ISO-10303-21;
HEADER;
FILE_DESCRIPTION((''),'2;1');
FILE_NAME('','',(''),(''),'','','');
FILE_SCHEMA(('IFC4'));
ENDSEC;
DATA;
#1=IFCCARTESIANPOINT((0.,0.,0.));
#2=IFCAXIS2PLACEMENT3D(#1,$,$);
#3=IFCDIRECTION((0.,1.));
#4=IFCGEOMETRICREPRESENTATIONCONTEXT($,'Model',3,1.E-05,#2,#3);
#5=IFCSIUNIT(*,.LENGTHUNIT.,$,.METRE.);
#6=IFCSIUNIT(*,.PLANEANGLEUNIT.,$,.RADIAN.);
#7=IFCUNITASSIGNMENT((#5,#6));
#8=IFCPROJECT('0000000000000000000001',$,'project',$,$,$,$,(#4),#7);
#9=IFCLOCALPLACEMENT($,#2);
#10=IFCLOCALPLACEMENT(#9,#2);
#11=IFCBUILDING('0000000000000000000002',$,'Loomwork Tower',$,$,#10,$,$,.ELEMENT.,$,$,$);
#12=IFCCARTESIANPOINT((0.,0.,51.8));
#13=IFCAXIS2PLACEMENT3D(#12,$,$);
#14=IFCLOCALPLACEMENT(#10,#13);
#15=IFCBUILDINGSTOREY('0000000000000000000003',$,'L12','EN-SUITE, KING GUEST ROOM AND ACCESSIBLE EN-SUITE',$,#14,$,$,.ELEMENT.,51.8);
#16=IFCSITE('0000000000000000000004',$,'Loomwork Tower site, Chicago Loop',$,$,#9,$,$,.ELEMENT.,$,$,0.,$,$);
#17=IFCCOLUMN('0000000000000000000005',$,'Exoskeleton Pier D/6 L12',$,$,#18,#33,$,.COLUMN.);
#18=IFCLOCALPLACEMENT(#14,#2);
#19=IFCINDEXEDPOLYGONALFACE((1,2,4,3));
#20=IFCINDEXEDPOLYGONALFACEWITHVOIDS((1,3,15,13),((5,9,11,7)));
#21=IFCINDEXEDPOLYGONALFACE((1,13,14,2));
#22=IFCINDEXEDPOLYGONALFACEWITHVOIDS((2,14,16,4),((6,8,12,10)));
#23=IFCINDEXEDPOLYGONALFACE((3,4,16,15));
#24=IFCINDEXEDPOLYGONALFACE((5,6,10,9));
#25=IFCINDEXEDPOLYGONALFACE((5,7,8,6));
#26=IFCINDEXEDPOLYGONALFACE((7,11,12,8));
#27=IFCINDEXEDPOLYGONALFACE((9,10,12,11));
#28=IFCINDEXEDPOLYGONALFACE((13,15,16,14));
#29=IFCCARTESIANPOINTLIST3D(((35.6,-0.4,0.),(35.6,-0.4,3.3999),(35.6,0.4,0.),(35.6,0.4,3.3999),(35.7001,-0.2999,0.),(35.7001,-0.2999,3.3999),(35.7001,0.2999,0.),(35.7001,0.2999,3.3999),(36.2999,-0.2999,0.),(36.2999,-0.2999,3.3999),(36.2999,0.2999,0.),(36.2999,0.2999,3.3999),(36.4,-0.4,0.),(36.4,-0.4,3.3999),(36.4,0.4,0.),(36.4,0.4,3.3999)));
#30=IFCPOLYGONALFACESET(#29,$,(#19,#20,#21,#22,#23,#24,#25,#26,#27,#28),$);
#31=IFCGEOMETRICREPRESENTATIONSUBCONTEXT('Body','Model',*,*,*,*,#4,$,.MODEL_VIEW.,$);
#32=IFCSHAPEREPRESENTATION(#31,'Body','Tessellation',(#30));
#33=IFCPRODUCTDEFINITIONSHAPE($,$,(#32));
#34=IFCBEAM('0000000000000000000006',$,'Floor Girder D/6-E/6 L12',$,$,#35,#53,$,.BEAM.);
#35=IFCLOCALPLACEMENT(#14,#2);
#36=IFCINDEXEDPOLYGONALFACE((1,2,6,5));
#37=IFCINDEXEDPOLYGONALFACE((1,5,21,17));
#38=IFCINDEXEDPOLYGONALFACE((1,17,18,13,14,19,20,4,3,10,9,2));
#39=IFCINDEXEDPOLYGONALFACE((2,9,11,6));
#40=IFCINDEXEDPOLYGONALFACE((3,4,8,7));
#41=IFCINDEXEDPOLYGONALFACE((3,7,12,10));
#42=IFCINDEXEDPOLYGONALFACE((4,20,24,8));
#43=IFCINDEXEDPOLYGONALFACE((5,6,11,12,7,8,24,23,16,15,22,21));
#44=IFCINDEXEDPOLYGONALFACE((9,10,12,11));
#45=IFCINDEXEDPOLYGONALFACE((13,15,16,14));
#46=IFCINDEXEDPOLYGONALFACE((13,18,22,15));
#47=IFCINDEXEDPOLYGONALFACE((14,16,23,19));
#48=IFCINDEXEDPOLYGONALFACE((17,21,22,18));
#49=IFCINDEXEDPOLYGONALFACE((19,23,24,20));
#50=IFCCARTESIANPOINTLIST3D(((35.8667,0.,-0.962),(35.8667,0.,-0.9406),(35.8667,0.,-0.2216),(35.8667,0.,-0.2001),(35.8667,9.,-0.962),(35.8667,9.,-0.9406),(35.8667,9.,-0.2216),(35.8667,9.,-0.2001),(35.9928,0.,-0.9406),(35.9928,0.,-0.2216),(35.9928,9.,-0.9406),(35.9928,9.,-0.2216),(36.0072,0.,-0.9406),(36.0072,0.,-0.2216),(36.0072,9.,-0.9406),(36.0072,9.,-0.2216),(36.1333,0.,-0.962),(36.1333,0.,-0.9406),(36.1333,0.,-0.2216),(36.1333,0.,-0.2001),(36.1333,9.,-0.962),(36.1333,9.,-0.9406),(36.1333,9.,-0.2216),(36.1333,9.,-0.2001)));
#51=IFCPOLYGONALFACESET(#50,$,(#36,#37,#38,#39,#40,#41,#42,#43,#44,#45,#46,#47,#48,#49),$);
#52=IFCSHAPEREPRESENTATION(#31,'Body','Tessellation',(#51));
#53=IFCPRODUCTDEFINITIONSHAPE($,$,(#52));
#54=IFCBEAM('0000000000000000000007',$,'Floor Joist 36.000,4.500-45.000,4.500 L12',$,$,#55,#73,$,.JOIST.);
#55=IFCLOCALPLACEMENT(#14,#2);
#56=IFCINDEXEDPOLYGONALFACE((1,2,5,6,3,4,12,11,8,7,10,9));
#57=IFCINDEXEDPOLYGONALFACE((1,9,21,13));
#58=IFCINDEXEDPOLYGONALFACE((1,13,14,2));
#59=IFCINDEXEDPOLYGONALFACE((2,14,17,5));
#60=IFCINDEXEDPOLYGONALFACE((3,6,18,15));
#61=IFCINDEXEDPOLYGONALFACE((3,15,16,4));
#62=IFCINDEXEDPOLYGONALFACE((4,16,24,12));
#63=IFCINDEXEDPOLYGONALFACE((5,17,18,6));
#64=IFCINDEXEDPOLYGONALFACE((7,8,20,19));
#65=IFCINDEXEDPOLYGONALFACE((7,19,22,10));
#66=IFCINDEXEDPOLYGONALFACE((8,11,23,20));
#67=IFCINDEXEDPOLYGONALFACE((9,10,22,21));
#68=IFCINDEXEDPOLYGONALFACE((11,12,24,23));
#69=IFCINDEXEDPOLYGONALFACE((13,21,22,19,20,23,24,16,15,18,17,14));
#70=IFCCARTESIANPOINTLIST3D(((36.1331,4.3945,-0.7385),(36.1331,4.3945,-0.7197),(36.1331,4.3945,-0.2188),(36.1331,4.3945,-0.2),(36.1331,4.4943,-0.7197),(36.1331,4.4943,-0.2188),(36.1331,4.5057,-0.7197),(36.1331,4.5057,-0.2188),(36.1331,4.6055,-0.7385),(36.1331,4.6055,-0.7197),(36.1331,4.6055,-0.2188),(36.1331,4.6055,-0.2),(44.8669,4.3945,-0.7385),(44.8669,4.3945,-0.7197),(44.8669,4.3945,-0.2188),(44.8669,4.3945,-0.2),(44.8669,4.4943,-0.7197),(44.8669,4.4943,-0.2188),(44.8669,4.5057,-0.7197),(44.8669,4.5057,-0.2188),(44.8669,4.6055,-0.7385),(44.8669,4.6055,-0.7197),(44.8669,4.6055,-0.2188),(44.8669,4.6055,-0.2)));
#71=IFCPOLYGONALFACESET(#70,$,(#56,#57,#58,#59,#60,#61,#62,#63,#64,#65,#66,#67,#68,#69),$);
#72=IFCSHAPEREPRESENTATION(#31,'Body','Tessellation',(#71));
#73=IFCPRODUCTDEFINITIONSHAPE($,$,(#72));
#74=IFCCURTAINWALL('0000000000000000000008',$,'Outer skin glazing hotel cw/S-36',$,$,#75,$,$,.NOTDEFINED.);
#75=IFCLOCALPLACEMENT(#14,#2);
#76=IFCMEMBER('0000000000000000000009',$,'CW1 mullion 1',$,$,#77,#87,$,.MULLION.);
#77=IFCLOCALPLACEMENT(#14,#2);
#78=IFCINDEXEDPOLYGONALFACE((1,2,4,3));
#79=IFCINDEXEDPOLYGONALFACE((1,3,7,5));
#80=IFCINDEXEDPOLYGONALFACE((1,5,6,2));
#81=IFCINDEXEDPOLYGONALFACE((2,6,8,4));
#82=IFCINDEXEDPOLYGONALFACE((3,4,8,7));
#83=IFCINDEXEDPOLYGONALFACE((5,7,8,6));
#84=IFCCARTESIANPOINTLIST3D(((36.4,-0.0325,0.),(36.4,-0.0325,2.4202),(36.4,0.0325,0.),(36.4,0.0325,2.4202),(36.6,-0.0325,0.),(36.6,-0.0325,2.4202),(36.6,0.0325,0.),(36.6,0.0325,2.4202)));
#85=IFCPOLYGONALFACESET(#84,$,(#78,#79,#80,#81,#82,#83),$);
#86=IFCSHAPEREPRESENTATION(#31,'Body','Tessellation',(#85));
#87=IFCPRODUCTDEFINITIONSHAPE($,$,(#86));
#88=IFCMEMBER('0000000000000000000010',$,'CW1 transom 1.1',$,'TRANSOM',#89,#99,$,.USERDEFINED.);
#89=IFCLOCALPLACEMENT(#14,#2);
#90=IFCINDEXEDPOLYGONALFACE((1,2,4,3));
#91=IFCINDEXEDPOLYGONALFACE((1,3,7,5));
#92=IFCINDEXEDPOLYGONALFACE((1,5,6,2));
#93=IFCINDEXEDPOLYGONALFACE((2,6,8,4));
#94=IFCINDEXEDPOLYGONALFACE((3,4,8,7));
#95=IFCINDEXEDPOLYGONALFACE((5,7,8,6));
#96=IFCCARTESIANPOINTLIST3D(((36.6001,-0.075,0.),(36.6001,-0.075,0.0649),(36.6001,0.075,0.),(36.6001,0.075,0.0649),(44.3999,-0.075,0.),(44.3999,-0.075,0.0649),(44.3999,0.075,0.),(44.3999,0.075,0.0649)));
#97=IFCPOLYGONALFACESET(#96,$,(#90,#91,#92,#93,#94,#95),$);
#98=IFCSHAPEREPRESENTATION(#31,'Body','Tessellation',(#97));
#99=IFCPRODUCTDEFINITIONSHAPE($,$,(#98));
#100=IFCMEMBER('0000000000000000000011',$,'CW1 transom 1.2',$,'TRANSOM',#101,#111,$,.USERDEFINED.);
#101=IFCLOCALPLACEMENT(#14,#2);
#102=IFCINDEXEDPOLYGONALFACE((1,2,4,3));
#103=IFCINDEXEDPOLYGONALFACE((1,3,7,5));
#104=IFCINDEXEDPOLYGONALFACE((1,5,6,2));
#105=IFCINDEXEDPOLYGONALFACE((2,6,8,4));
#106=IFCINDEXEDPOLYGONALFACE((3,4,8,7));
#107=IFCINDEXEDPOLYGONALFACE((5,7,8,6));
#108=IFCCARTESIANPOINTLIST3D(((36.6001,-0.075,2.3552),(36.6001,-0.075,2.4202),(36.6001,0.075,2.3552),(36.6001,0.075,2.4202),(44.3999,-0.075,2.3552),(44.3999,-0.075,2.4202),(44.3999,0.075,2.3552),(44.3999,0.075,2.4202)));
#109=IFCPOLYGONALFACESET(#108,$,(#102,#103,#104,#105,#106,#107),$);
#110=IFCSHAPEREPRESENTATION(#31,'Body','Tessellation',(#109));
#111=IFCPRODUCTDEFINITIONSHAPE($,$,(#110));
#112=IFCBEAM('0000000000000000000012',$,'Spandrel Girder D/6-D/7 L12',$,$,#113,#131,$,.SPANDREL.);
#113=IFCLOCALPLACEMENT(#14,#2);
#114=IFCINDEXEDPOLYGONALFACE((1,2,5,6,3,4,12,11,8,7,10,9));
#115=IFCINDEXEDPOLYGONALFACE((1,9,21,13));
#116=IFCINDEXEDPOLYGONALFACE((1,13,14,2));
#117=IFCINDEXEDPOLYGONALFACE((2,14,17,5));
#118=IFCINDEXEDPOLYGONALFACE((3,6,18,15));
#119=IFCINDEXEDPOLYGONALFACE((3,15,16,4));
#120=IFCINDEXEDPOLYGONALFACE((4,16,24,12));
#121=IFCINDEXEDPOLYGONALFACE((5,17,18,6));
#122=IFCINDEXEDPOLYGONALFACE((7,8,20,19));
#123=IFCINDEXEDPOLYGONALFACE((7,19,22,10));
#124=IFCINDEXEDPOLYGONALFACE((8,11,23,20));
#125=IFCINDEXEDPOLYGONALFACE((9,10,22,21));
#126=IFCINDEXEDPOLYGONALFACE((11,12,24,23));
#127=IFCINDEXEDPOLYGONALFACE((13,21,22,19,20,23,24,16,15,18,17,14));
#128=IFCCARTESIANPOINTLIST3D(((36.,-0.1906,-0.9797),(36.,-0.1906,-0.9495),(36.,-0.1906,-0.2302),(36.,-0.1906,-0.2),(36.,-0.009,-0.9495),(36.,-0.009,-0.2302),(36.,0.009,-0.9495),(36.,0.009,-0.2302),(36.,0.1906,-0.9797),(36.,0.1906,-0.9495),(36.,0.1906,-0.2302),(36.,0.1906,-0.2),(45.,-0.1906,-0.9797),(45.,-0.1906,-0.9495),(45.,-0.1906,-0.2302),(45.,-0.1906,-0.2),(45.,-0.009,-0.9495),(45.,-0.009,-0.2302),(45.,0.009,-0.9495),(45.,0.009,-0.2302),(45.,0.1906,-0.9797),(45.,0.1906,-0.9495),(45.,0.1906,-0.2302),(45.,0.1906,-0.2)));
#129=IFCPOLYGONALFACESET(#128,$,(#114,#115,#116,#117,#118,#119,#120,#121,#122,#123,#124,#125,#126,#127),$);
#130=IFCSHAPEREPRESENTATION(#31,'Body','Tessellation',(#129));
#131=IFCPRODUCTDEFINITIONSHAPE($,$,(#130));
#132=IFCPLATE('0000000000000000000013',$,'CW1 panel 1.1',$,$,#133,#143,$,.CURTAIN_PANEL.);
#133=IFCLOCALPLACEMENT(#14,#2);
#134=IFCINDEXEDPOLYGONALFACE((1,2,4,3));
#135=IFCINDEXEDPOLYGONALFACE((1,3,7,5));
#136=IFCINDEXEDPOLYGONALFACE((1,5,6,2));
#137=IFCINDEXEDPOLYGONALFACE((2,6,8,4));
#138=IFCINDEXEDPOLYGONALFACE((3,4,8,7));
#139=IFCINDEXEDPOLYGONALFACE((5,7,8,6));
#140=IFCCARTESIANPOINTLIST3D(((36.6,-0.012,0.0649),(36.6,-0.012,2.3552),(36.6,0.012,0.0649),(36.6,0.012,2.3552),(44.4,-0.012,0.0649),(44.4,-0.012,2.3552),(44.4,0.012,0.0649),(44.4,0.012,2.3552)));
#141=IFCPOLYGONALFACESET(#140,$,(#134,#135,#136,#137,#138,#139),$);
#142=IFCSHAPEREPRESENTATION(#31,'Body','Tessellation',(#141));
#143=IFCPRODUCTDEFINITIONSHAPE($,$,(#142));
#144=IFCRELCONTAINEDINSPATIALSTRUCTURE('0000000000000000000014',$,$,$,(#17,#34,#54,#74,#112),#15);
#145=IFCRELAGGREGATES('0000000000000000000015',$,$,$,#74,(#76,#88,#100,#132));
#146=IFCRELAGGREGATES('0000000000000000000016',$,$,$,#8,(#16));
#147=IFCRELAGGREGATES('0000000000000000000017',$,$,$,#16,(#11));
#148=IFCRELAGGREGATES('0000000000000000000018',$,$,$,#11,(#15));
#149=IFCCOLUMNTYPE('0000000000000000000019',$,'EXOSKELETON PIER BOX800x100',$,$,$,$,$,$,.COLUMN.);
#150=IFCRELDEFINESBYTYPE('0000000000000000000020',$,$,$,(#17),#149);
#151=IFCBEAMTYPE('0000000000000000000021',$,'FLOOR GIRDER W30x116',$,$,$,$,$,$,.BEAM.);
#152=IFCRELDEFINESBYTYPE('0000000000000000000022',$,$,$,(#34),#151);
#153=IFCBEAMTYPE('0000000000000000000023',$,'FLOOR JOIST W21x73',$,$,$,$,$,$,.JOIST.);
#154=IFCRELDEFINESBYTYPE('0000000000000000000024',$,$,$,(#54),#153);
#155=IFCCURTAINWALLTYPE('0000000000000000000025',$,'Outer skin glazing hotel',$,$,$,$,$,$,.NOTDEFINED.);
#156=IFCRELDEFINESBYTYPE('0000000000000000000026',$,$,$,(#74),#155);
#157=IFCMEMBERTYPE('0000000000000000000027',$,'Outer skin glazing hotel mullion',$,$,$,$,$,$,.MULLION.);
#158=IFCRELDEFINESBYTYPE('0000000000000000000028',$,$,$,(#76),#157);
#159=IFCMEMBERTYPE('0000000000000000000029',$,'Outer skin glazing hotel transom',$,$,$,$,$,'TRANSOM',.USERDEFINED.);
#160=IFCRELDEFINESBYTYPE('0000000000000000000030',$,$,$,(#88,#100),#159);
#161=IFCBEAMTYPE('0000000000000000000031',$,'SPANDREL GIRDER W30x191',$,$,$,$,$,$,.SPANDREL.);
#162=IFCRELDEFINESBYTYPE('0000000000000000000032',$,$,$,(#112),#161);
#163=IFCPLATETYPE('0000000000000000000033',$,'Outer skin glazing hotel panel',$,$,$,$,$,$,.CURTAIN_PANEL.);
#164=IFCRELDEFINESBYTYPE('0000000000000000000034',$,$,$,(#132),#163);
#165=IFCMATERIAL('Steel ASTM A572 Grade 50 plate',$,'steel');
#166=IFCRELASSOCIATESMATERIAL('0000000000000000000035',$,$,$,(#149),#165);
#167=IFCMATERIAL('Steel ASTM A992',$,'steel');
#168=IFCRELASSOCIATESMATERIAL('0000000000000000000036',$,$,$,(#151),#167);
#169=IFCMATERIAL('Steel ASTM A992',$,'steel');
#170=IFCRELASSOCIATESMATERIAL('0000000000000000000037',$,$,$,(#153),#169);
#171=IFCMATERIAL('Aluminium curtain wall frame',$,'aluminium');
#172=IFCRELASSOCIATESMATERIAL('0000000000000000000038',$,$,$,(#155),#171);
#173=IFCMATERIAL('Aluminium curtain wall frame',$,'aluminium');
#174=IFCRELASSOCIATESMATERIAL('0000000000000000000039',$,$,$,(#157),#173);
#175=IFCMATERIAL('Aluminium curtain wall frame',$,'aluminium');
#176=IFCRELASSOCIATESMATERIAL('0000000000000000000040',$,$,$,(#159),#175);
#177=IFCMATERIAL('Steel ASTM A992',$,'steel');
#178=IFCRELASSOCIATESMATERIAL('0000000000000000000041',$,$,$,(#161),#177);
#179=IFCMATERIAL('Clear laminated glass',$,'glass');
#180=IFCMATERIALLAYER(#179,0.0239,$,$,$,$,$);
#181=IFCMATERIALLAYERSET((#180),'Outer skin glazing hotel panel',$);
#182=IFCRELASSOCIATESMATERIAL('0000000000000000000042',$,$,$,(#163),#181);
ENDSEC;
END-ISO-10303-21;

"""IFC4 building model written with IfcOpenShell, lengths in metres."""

from ifc_helpers import new_model, si_unit, direction, frame, origin, origin_2d, place, context, subcontext, project, spatial, rectangle, hollow_rectangle, i_section, extrude, material, layer, layer_set, material_profile, profile_set, type_object, element, aggregate, save


model = new_model("IFC4")

# Units and contexts
model_context = context("Model", 3, precision=1e-05, world=origin(), true_north=direction((0.0, 1.0)))
body_context = subcontext(model_context, "Body", "Model", "MODEL_VIEW")
ifc_project = project(units=[si_unit("LENGTHUNIT", "METRE"), si_unit("PLANEANGLEUNIT", "RADIAN")], contexts=[model_context])

# Site, building, storey
site_placement = place(None, origin())
site = spatial("IfcSite", under=ifc_project, at=site_placement, Name="Loomwork Tower site, Chicago Loop", CompositionType="ELEMENT", RefElevation=0.0)
building_placement = place(site_placement, origin())
building = spatial("IfcBuilding", under=site, at=building_placement, Name="Loomwork Tower", CompositionType="ELEMENT")
storey_placement = place(building_placement, frame((0.0, 0.0, 51.8)))
storey = spatial("IfcBuildingStorey", under=building, at=storey_placement, Name="L12", Description="EN-SUITE, KING GUEST ROOM AND ACCESSIBLE EN-SUITE", CompositionType="ELEMENT", Elevation=51.8)

# Column
ifc_material_1 = material(Name="Steel ASTM A572 Grade 50 plate", Category="steel")
ifc_material_profile_1 = material_profile(ifc_material_1, hollow_rectangle(XDim=0.8, YDim=0.8, WallThickness=0.1001, at=origin_2d()), Name="BOX800x100")
ifc_profile_set_1 = profile_set([ifc_material_profile_1], Name="Steel ASTM A572 Grade 50 plate")
column_type = type_object("IfcColumnType", Name="EXOSKELETON PIER BOX800x100", PredefinedType="COLUMN", material=ifc_profile_set_1)
column_placement = place(storey_placement, frame((36.0, 0.0, 0.0), z_axis=(0.0, 0.0, 1.0), x_axis=(1.0, 0.0, 0.0)))
element("IfcColumn", 1, at=column_placement, inside=storey, type_object=column_type, Name="Exoskeleton Pier D/6 L12", PredefinedType="COLUMN", context=body_context, shape_type="SweptSolid", body=[
    extrude(hollow_rectangle(XDim=0.8, YDim=0.8, WallThickness=0.1001, at=origin_2d()), origin(), (0.0, 0.0, 1.0), 3.3999),
])

# Beams
ifc_material_2 = material(Name="Steel ASTM A992", Category="steel")
ifc_material_profile_2 = material_profile(ifc_material_2, i_section(OverallWidth=0.2666, OverallDepth=0.762, WebThickness=0.0144, FlangeThickness=0.0215, at=origin_2d()), Name="W30x116")
ifc_profile_set_2 = profile_set([ifc_material_profile_2], Name="Steel ASTM A992")
beam_type_1 = type_object("IfcBeamType", Name="FLOOR GIRDER W30x116", PredefinedType="BEAM", material=ifc_profile_set_2)
beam_1_placement = place(storey_placement, frame((36.0, 0.0, -0.5811), z_axis=(0.0, 1.0, 0.0), x_axis=(-1.0, 0.0, 0.0)))
element("IfcBeam", 2, at=beam_1_placement, inside=storey, type_object=beam_type_1, Name="Floor Girder D/6-E/6 L12", PredefinedType="BEAM", context=body_context, shape_type="SweptSolid", body=[
    extrude(i_section(OverallWidth=0.2666, OverallDepth=0.762, WebThickness=0.0144, FlangeThickness=0.0215, at=origin_2d()), origin(), (0.0, 0.0, 1.0), 9.0),
])
ifc_material_3 = material(Name="Steel ASTM A992", Category="steel")
ifc_material_profile_3 = material_profile(ifc_material_3, i_section(OverallWidth=0.2109, OverallDepth=0.5386, WebThickness=0.0115, FlangeThickness=0.0188, at=origin_2d()), Name="W21x73")
ifc_profile_set_3 = profile_set([ifc_material_profile_3], Name="Steel ASTM A992")
beam_type_2 = type_object("IfcBeamType", Name="FLOOR JOIST W21x73", PredefinedType="JOIST", material=ifc_profile_set_3)
beam_2_placement = place(storey_placement, frame((36.1331, 4.5, -0.4692), z_axis=(1.0, 0.0, 0.0), x_axis=(0.0, 1.0, 0.0)))
element("IfcBeam", 3, at=beam_2_placement, inside=storey, type_object=beam_type_2, Name="Floor Joist 36.000,4.500-45.000,4.500 L12", PredefinedType="JOIST", context=body_context, shape_type="SweptSolid", body=[
    extrude(i_section(OverallWidth=0.2109, OverallDepth=0.5386, WebThickness=0.0115, FlangeThickness=0.0188, at=origin_2d()), origin(), (0.0, 0.0, 1.0), 8.7339),
])

# Curtain wall, members
ifc_material_4 = material(Name="Aluminium curtain wall frame", Category="aluminium")
curtain_wall_type = type_object("IfcCurtainWallType", Name="Outer skin glazing hotel", PredefinedType="NOTDEFINED", material=ifc_material_4)
curtain_wall_placement = place(storey_placement, origin())
curtain_wall = element("IfcCurtainWall", 4, at=curtain_wall_placement, inside=storey, type_object=curtain_wall_type, Name="Outer skin glazing hotel cw/S-36", PredefinedType="NOTDEFINED")
ifc_material_5 = material(Name="Aluminium curtain wall frame", Category="aluminium")
ifc_material_profile_4 = material_profile(ifc_material_5, rectangle(XDim=0.0649, YDim=0.2, at=origin_2d()), Name="AL 65x200")
ifc_profile_set_4 = profile_set([ifc_material_profile_4], Name="Aluminium curtain wall frame")
member_type_1 = type_object("IfcMemberType", Name="Outer skin glazing hotel mullion", PredefinedType="MULLION", material=ifc_profile_set_4)
member_1_placement = place(storey_placement, frame((36.5, 0.0, 0.0), z_axis=(0.0, 0.0, 1.0), x_axis=(0.0, 1.0, 0.0)))
member_1 = element("IfcMember", 5, at=member_1_placement, type_object=member_type_1, Name="CW1 mullion 1", PredefinedType="MULLION", context=body_context, shape_type="SweptSolid", body=[
    extrude(rectangle(XDim=0.0649, YDim=0.2, at=origin_2d()), origin(), (0.0, 0.0, 1.0), 2.4202),
])
ifc_material_6 = material(Name="Aluminium curtain wall frame", Category="aluminium")
ifc_material_profile_5 = material_profile(ifc_material_6, rectangle(XDim=0.1499, YDim=0.0649, at=origin_2d()), Name="AL 65x150")
ifc_profile_set_5 = profile_set([ifc_material_profile_5], Name="Aluminium curtain wall frame")
member_type_2 = type_object("IfcMemberType", Name="Outer skin glazing hotel transom", ElementType="TRANSOM", PredefinedType="USERDEFINED", material=ifc_profile_set_5)
member_2_placement = place(storey_placement, frame((36.6001, 0.0, 0.0325), z_axis=(1.0, 0.0, 0.0), x_axis=(0.0, 1.0, 0.0)))
member_2 = element("IfcMember", 6, at=member_2_placement, type_object=member_type_2, Name="CW1 transom 1.1", ObjectType="TRANSOM", PredefinedType="USERDEFINED", context=body_context, shape_type="SweptSolid", body=[
    extrude(rectangle(XDim=0.1499, YDim=0.0649, at=origin_2d()), origin(), (0.0, 0.0, 1.0), 7.7998),
])
member_3_placement = place(storey_placement, frame((36.6001, 0.0, 2.3877), z_axis=(1.0, 0.0, 0.0), x_axis=(0.0, 1.0, 0.0)))
member_3 = element("IfcMember", 7, at=member_3_placement, type_object=member_type_2, Name="CW1 transom 1.2", ObjectType="TRANSOM", PredefinedType="USERDEFINED", context=body_context, shape_type="SweptSolid", body=[
    extrude(rectangle(XDim=0.1499, YDim=0.0649, at=origin_2d()), origin(), (0.0, 0.0, 1.0), 7.7998),
])

# Beam
ifc_material_7 = material(Name="Steel ASTM A992", Category="steel")
ifc_material_profile_6 = material_profile(ifc_material_7, i_section(OverallWidth=0.3811, OverallDepth=0.7798, WebThickness=0.0181, FlangeThickness=0.0303, at=origin_2d()), Name="W30x191")
ifc_profile_set_6 = profile_set([ifc_material_profile_6], Name="Steel ASTM A992")
beam_type_3 = type_object("IfcBeamType", Name="SPANDREL GIRDER W30x191", PredefinedType="SPANDREL", material=ifc_profile_set_6)
beam_3_placement = place(storey_placement, frame((36.0, 0.0, -0.5898), z_axis=(1.0, 0.0, 0.0), x_axis=(0.0, 1.0, 0.0)))
element("IfcBeam", 8, at=beam_3_placement, inside=storey, type_object=beam_type_3, Name="Spandrel Girder D/6-D/7 L12", PredefinedType="SPANDREL", context=body_context, shape_type="SweptSolid", body=[
    extrude(i_section(OverallWidth=0.3811, OverallDepth=0.7798, WebThickness=0.0181, FlangeThickness=0.0303, at=origin_2d()), origin(), (0.0, 0.0, 1.0), 9.0),
])

# Plate
ifc_material_8 = material(Name="Clear laminated glass", Category="glass")
ifc_layer_1 = layer(ifc_material_8, 0.0239)
ifc_layer_set_1 = layer_set([ifc_layer_1], Name="Outer skin glazing hotel panel")
plate_type = type_object("IfcPlateType", Name="Outer skin glazing hotel panel", PredefinedType="CURTAIN_PANEL", material=ifc_layer_set_1)
plate_placement = place(storey_placement, frame((40.5, 0.0, 0.0649), z_axis=(0.0, 0.0, 1.0), x_axis=(1.0, 0.0, 0.0)))
plate = element("IfcPlate", 9, at=plate_placement, type_object=plate_type, Name="CW1 panel 1.1", PredefinedType="CURTAIN_PANEL", context=body_context, shape_type="SweptSolid", body=[
    extrude(rectangle(XDim=7.8, YDim=0.0239, at=origin_2d()), origin(), (0.0, 0.0, 1.0), 2.2903),
])
aggregate(curtain_wall, [member_1, member_2, member_3, plate])

save(model, "model.ifc")
